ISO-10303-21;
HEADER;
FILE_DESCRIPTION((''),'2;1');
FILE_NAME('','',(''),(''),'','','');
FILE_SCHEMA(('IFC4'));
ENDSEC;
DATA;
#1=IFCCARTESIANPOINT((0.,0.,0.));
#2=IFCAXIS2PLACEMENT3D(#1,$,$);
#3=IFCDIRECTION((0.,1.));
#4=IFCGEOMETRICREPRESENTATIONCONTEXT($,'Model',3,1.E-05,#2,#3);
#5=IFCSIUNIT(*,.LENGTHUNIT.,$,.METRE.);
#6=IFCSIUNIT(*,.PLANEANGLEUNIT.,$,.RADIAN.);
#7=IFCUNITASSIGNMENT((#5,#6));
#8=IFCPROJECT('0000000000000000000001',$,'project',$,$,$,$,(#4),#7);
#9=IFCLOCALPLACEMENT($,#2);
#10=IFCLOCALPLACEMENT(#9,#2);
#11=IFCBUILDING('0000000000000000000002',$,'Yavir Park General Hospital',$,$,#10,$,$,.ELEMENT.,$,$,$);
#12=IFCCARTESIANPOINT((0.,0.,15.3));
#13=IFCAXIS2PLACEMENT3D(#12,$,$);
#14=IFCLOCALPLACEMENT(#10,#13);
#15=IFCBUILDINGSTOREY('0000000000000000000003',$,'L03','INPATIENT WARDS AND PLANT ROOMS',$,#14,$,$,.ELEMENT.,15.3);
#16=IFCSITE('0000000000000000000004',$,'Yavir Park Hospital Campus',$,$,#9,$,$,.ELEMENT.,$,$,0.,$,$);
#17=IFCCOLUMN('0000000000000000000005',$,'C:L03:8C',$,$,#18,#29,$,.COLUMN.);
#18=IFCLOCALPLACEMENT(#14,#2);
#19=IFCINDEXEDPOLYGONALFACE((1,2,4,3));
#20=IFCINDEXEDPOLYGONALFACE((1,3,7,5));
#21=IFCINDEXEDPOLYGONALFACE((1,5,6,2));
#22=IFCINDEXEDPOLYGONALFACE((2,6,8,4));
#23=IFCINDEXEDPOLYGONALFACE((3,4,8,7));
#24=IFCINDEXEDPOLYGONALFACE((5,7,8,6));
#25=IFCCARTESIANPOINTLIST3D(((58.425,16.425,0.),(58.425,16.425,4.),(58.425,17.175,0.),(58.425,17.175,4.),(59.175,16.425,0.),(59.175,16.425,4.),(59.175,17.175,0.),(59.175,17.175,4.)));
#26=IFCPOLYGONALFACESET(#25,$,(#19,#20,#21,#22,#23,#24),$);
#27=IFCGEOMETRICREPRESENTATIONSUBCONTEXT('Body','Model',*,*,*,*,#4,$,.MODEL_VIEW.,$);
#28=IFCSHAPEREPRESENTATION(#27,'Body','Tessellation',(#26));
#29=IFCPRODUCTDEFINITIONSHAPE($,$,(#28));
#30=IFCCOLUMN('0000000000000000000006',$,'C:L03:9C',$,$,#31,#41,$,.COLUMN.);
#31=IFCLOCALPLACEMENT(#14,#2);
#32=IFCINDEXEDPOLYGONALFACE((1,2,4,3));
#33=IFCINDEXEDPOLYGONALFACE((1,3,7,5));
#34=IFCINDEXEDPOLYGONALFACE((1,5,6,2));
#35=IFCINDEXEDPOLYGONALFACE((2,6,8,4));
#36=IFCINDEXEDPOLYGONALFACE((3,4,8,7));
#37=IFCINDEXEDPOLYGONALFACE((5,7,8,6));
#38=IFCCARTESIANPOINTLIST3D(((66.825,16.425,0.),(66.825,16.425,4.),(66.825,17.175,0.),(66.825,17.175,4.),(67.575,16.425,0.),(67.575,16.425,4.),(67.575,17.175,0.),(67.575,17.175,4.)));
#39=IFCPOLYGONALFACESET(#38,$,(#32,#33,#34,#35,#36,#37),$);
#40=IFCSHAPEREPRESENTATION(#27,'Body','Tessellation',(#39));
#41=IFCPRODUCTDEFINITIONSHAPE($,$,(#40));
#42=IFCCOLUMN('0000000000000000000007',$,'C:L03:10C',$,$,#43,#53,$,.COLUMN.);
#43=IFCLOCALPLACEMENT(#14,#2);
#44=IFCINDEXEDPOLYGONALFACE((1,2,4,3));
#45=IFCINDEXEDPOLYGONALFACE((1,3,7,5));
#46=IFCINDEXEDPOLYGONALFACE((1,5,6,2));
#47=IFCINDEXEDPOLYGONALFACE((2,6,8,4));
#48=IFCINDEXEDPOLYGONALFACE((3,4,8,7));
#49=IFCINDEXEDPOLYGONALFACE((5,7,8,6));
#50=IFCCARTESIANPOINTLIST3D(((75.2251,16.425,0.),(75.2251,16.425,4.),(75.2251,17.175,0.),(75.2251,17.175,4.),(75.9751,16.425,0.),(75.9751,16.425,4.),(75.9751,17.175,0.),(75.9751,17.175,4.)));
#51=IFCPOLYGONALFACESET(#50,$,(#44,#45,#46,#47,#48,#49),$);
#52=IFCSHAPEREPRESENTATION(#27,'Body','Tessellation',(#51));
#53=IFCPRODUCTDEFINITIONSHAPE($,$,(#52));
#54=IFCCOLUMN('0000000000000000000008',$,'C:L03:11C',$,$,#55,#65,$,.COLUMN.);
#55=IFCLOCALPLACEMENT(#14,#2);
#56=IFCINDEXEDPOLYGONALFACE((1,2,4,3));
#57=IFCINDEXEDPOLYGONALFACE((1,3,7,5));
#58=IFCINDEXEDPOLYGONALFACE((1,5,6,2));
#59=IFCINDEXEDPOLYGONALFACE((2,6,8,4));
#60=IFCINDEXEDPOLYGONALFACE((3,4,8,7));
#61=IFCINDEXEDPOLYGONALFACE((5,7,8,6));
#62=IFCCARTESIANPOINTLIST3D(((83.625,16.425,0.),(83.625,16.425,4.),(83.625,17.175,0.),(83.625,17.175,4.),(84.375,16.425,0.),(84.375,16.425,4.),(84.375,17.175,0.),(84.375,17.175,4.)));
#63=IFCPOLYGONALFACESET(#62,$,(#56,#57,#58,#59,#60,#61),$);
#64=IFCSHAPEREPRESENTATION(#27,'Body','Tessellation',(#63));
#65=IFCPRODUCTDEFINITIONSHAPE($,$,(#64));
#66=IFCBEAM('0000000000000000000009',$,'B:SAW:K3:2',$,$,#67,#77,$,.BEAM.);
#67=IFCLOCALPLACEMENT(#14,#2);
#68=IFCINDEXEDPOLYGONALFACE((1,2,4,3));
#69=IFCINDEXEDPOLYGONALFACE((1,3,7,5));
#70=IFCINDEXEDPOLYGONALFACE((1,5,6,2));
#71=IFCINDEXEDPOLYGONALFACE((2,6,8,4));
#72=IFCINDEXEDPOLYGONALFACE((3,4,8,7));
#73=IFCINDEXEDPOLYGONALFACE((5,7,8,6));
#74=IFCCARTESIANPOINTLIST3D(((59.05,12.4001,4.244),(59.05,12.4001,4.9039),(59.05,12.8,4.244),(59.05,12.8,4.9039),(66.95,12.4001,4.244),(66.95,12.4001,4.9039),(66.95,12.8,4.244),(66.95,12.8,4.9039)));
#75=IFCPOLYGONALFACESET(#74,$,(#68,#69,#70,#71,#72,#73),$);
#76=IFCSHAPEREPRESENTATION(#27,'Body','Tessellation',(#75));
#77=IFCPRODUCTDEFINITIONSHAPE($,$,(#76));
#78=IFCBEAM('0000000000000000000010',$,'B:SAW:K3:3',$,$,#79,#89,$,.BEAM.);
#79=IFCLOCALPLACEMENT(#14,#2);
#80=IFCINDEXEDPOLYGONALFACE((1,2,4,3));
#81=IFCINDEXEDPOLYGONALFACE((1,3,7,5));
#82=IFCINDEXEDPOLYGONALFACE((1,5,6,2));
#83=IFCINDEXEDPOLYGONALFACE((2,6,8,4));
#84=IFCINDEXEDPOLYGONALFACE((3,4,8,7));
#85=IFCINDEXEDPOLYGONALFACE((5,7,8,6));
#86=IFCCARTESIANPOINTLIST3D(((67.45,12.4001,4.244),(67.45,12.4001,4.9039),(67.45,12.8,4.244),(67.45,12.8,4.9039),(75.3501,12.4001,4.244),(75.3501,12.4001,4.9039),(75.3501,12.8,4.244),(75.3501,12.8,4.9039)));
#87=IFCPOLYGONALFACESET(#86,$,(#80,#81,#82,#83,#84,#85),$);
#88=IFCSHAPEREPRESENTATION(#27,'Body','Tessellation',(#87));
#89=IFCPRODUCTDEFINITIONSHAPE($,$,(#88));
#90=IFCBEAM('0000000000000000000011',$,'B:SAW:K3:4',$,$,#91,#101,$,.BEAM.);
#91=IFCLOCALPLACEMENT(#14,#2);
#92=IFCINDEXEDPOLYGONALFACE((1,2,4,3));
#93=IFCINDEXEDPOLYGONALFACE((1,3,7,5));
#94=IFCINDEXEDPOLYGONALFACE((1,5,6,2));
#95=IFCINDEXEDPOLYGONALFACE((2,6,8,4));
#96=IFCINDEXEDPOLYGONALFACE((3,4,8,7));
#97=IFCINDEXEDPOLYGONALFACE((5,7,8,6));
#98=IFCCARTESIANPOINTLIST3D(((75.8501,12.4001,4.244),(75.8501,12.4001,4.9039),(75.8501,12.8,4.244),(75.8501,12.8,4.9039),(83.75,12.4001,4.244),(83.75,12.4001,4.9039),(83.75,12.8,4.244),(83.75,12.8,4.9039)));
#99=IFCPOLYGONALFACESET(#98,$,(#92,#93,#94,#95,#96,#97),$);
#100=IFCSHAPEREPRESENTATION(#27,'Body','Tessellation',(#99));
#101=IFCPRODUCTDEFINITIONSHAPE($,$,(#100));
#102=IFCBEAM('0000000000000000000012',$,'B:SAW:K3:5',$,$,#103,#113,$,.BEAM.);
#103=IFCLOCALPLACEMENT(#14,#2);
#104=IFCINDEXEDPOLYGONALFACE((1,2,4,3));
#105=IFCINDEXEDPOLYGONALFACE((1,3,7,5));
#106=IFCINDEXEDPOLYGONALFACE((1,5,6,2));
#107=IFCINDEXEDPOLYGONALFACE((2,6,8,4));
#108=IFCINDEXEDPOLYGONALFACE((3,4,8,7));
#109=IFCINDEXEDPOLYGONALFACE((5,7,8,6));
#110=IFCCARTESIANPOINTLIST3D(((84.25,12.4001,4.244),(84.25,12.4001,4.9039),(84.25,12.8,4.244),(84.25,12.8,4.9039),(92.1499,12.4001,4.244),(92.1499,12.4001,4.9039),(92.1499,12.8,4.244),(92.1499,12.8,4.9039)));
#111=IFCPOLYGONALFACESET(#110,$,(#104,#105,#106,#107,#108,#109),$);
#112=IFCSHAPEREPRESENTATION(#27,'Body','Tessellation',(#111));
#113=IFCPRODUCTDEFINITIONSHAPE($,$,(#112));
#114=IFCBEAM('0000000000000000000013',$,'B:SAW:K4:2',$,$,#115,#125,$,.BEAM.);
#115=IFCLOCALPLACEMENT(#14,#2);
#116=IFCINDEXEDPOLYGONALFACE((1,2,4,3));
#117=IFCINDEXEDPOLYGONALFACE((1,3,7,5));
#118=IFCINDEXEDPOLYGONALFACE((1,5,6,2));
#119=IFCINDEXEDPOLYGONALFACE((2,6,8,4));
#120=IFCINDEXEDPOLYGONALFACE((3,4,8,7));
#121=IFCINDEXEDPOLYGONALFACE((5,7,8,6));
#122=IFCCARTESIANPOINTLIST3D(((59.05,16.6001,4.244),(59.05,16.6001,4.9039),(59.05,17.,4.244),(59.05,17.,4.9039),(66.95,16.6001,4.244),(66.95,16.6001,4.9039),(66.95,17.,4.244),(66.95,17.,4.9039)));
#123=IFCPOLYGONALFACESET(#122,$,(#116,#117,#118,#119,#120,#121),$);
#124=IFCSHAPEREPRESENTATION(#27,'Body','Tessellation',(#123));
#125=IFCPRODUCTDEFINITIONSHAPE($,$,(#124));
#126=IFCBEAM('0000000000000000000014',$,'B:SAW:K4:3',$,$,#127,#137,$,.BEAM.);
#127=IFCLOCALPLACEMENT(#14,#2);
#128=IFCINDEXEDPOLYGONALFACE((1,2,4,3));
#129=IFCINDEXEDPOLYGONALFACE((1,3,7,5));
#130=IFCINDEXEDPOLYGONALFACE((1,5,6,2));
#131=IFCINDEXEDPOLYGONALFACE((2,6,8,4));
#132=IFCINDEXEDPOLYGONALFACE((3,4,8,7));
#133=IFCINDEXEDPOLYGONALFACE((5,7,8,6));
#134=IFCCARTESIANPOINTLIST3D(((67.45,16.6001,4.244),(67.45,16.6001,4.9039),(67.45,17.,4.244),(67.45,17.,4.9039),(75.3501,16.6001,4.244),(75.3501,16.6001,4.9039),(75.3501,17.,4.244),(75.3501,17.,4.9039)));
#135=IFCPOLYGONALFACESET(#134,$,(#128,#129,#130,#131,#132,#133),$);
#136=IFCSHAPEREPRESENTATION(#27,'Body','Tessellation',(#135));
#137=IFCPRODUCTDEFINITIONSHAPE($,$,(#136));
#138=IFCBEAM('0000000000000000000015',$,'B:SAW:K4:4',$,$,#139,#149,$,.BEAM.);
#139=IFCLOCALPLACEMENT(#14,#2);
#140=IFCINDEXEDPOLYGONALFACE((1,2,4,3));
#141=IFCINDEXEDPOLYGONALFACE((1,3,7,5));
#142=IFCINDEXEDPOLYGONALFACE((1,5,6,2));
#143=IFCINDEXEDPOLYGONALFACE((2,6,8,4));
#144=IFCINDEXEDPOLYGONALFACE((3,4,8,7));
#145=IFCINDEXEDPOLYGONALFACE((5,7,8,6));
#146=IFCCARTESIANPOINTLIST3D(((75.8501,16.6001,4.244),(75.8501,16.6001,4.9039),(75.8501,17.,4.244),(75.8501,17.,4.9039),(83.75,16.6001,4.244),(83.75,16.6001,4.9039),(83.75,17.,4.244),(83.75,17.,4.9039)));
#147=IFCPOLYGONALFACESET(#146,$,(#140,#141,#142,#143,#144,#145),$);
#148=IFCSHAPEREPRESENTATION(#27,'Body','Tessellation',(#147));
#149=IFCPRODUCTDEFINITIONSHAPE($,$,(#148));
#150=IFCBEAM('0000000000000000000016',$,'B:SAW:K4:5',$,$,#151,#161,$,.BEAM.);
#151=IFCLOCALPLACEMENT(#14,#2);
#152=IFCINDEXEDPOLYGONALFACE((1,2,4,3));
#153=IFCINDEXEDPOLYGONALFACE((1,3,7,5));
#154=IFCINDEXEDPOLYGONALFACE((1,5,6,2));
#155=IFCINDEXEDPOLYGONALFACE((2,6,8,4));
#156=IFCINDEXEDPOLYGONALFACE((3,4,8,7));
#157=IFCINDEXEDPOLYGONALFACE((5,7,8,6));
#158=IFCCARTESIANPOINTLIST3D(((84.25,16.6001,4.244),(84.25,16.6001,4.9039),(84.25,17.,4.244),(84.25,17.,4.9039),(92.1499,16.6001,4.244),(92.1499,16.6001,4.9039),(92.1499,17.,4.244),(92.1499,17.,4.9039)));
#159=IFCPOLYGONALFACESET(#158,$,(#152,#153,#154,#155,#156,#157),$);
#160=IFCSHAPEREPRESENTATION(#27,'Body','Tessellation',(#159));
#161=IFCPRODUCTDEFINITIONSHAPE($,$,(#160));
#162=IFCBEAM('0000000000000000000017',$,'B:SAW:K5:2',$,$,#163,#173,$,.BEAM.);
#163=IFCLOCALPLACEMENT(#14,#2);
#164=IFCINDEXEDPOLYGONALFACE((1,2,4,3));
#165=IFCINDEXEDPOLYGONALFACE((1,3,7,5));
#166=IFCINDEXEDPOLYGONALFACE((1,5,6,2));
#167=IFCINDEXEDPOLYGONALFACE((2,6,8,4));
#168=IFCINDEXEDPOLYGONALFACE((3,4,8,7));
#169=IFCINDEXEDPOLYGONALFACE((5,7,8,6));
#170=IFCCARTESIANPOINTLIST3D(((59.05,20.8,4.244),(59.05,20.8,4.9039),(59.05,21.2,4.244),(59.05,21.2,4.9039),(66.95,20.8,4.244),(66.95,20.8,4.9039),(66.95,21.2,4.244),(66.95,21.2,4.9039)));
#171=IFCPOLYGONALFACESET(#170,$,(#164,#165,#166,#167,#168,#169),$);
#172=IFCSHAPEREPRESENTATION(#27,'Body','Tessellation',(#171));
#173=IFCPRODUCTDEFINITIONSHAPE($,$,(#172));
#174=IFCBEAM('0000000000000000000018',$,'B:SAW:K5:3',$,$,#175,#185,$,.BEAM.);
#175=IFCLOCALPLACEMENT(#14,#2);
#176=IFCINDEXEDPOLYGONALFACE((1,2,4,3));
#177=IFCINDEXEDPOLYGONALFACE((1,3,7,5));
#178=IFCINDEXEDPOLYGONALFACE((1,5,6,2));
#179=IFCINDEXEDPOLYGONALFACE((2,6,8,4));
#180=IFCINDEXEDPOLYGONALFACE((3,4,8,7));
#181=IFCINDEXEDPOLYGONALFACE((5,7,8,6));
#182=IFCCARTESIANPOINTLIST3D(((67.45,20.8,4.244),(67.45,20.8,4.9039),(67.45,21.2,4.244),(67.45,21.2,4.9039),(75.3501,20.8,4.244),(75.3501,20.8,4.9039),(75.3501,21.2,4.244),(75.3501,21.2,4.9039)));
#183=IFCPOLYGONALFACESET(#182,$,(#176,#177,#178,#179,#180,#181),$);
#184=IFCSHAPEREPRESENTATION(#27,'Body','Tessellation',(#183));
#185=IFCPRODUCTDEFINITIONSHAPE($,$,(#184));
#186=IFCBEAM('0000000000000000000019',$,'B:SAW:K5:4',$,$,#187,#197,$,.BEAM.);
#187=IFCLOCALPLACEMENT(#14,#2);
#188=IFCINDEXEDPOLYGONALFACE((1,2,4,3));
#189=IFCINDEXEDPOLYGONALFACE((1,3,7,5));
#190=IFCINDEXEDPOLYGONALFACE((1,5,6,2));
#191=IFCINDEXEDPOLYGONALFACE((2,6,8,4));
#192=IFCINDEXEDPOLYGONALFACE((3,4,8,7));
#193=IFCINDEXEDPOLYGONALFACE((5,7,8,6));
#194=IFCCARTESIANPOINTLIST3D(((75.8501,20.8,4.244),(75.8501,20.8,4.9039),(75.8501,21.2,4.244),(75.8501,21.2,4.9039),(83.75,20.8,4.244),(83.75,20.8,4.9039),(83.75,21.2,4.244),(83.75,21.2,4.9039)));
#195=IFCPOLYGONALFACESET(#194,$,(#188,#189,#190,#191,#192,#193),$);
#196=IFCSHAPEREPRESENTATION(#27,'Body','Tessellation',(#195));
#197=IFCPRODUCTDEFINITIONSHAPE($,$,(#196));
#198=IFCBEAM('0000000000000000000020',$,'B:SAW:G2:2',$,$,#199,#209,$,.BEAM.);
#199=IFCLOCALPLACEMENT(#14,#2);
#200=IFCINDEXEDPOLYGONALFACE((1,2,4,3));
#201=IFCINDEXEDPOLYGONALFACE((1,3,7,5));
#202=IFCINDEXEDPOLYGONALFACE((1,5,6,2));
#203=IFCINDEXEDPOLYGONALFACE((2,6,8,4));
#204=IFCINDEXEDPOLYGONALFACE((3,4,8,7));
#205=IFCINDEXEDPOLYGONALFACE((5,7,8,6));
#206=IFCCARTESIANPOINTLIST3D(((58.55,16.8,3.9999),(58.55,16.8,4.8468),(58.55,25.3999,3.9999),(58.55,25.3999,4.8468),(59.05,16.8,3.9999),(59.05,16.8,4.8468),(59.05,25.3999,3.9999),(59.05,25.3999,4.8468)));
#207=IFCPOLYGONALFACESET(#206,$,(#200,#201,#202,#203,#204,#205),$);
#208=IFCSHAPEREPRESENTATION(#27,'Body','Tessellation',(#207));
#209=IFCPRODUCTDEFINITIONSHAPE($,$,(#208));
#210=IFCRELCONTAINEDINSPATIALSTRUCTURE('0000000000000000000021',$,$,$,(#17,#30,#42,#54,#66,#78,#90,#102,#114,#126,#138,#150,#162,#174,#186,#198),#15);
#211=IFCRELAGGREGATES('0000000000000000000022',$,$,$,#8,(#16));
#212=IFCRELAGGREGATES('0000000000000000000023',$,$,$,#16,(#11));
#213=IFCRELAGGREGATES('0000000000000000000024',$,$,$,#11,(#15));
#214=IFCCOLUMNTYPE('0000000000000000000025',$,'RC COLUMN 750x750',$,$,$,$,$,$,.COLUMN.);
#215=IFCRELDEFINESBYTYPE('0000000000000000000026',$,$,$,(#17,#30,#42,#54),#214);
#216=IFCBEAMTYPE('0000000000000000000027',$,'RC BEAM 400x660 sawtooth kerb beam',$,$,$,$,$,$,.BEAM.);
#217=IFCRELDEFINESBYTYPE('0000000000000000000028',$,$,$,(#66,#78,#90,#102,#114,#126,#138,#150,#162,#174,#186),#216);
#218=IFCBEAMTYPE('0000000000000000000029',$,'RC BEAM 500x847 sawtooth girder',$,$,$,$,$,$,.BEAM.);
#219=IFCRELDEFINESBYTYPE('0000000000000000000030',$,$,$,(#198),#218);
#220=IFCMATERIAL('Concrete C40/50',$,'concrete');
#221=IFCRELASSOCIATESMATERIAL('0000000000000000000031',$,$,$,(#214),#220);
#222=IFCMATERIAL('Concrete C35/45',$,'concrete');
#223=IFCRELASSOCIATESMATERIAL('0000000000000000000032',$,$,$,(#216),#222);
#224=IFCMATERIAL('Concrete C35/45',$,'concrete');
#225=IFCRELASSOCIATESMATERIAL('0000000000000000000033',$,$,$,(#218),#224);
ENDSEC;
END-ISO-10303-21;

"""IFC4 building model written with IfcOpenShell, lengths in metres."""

from ifc_helpers import new_model, si_unit, direction, frame, origin, origin_2d, place, context, subcontext, project, spatial, rectangle, extrude, material, material_profile, profile_set, type_object, element, save


model = new_model("IFC4")

# Units and contexts
model_context = context("Model", 3, precision=1e-05, world=origin(), true_north=direction((0.0, 1.0)))
body_context = subcontext(model_context, "Body", "Model", "MODEL_VIEW")
ifc_project = project(units=[si_unit("LENGTHUNIT", "METRE"), si_unit("PLANEANGLEUNIT", "RADIAN")], contexts=[model_context])

# Site, building, storey
site_placement = place(None, origin())
site = spatial("IfcSite", under=ifc_project, at=site_placement, Name="Yavir Park Hospital Campus", CompositionType="ELEMENT", RefElevation=0.0)
building_placement = place(site_placement, origin())
building = spatial("IfcBuilding", under=site, at=building_placement, Name="Yavir Park General Hospital", CompositionType="ELEMENT")
storey_placement = place(building_placement, frame((0.0, 0.0, 15.3)))
storey = spatial("IfcBuildingStorey", under=building, at=storey_placement, Name="L03", Description="INPATIENT WARDS AND PLANT ROOMS", CompositionType="ELEMENT", Elevation=15.3)

# Columns
ifc_material_1 = material(Name="Concrete C40/50", Category="concrete")
ifc_material_profile_1 = material_profile(ifc_material_1, rectangle(XDim=0.75, YDim=0.75, at=origin_2d()), Name="RC750x750")
ifc_profile_set_1 = profile_set([ifc_material_profile_1], Name="Concrete C40/50")
column_type = type_object("IfcColumnType", Name="RC COLUMN 750x750", PredefinedType="COLUMN", material=ifc_profile_set_1)
for number, where, z_axis, x_axis, name in (
    (1, (58.8, 16.8, 0.0), (0.0, 0.0, 1.0), (1.0, 0.0, 0.0), "C:L03:8C"),
    (2, (67.2, 16.8, 0.0), (0.0, 0.0, 1.0), (1.0, 0.0, 0.0), "C:L03:9C"),
    (3, (75.6001, 16.8, 0.0), (0.0, 0.0, 1.0), (1.0, 0.0, 0.0), "C:L03:10C"),
    (4, (84.0, 16.8, 0.0), (0.0, 0.0, 1.0), (1.0, 0.0, 0.0), "C:L03:11C"),
):
    element("IfcColumn", number, at=place(storey_placement, frame(where, z_axis=z_axis, x_axis=x_axis)), inside=storey, type_object=column_type, Name=name, PredefinedType="COLUMN", context=body_context, shape_type="SweptSolid", body=[
        extrude(rectangle(XDim=0.75, YDim=0.75, at=origin_2d()), origin(), (0.0, 0.0, 1.0), 4.0),
    ])

# Beams
ifc_material_2 = material(Name="Concrete C35/45", Category="concrete")
ifc_material_profile_2 = material_profile(ifc_material_2, rectangle(XDim=0.3999, YDim=0.6599, at=origin_2d()), Name="RC400x660")
ifc_profile_set_2 = profile_set([ifc_material_profile_2], Name="Concrete C35/45")
beam_type_1 = type_object("IfcBeamType", Name="RC BEAM 400x660 sawtooth kerb beam", PredefinedType="BEAM", material=ifc_profile_set_2)
beam_1_placement = place(storey_placement, frame((59.05, 12.6001, 4.574), z_axis=(1.0, 0.0, 0.0), x_axis=(0.0, 1.0, 0.0)))
element("IfcBeam", 5, at=beam_1_placement, inside=storey, type_object=beam_type_1, Name="B:SAW:K3:2", PredefinedType="BEAM", context=body_context, shape_type="SweptSolid", body=[
    extrude(rectangle(XDim=0.3999, YDim=0.6599, at=origin_2d()), origin(), (0.0, 0.0, 1.0), 7.8999),
])
beam_2_placement = place(storey_placement, frame((67.45, 12.6001, 4.574), z_axis=(1.0, 0.0, 0.0), x_axis=(0.0, 1.0, 0.0)))
element("IfcBeam", 6, at=beam_2_placement, inside=storey, type_object=beam_type_1, Name="B:SAW:K3:3", PredefinedType="BEAM", context=body_context, shape_type="SweptSolid", body=[
    extrude(rectangle(XDim=0.3999, YDim=0.6599, at=origin_2d()), origin(), (0.0, 0.0, 1.0), 7.9001),
])
for number, where, z_axis, x_axis, name in (
    (7, (75.8501, 12.6001, 4.574), (1.0, 0.0, 0.0), (0.0, 1.0, 0.0), "B:SAW:K3:4"),
    (8, (84.25, 12.6001, 4.574), (1.0, 0.0, 0.0), (0.0, 1.0, 0.0), "B:SAW:K3:5"),
    (9, (59.05, 16.8, 4.574), (1.0, 0.0, 0.0), (0.0, 1.0, 0.0), "B:SAW:K4:2"),
):
    element("IfcBeam", number, at=place(storey_placement, frame(where, z_axis=z_axis, x_axis=x_axis)), inside=storey, type_object=beam_type_1, Name=name, PredefinedType="BEAM", context=body_context, shape_type="SweptSolid", body=[
        extrude(rectangle(XDim=0.3999, YDim=0.6599, at=origin_2d()), origin(), (0.0, 0.0, 1.0), 7.8999),
    ])
beam_3_placement = place(storey_placement, frame((67.45, 16.8, 4.574), z_axis=(1.0, 0.0, 0.0), x_axis=(0.0, 1.0, 0.0)))
element("IfcBeam", 10, at=beam_3_placement, inside=storey, type_object=beam_type_1, Name="B:SAW:K4:3", PredefinedType="BEAM", context=body_context, shape_type="SweptSolid", body=[
    extrude(rectangle(XDim=0.3999, YDim=0.6599, at=origin_2d()), origin(), (0.0, 0.0, 1.0), 7.9001),
])
for number, where, z_axis, x_axis, name in (
    (11, (75.8501, 16.8, 4.574), (1.0, 0.0, 0.0), (0.0, 1.0, 0.0), "B:SAW:K4:4"),
    (12, (84.25, 16.8, 4.574), (1.0, 0.0, 0.0), (0.0, 1.0, 0.0), "B:SAW:K4:5"),
    (13, (59.05, 21.0, 4.574), (1.0, 0.0, 0.0), (0.0, 1.0, 0.0), "B:SAW:K5:2"),
):
    element("IfcBeam", number, at=place(storey_placement, frame(where, z_axis=z_axis, x_axis=x_axis)), inside=storey, type_object=beam_type_1, Name=name, PredefinedType="BEAM", context=body_context, shape_type="SweptSolid", body=[
        extrude(rectangle(XDim=0.3999, YDim=0.6599, at=origin_2d()), origin(), (0.0, 0.0, 1.0), 7.8999),
    ])
beam_4_placement = place(storey_placement, frame((67.45, 21.0, 4.574), z_axis=(1.0, 0.0, 0.0), x_axis=(0.0, 1.0, 0.0)))
element("IfcBeam", 14, at=beam_4_placement, inside=storey, type_object=beam_type_1, Name="B:SAW:K5:3", PredefinedType="BEAM", context=body_context, shape_type="SweptSolid", body=[
    extrude(rectangle(XDim=0.3999, YDim=0.6599, at=origin_2d()), origin(), (0.0, 0.0, 1.0), 7.9001),
])
beam_5_placement = place(storey_placement, frame((75.8501, 21.0, 4.574), z_axis=(1.0, 0.0, 0.0), x_axis=(0.0, 1.0, 0.0)))
element("IfcBeam", 15, at=beam_5_placement, inside=storey, type_object=beam_type_1, Name="B:SAW:K5:4", PredefinedType="BEAM", context=body_context, shape_type="SweptSolid", body=[
    extrude(rectangle(XDim=0.3999, YDim=0.6599, at=origin_2d()), origin(), (0.0, 0.0, 1.0), 7.8999),
])
ifc_material_3 = material(Name="Concrete C35/45", Category="concrete")
ifc_material_profile_3 = material_profile(ifc_material_3, rectangle(XDim=0.5, YDim=0.8469, at=origin_2d()), Name="RC500x847")
ifc_profile_set_3 = profile_set([ifc_material_profile_3], Name="Concrete C35/45")
beam_type_2 = type_object("IfcBeamType", Name="RC BEAM 500x847 sawtooth girder", PredefinedType="BEAM", material=ifc_profile_set_3)
for number, where, z_axis, x_axis, name in (
    (16, (58.8, 16.8, 4.4233), (0.0, 1.0, 0.0), (-1.0, 0.0, 0.0), "B:SAW:G2:2"),
):
    element("IfcBeam", number, at=place(storey_placement, frame(where, z_axis=z_axis, x_axis=x_axis)), inside=storey, type_object=beam_type_2, Name=name, PredefinedType="BEAM", context=body_context, shape_type="SweptSolid", body=[
        extrude(rectangle(XDim=0.5, YDim=0.8469, at=origin_2d()), origin(), (0.0, 0.0, 1.0), 8.5999),
    ])

save(model, "model.ifc")
